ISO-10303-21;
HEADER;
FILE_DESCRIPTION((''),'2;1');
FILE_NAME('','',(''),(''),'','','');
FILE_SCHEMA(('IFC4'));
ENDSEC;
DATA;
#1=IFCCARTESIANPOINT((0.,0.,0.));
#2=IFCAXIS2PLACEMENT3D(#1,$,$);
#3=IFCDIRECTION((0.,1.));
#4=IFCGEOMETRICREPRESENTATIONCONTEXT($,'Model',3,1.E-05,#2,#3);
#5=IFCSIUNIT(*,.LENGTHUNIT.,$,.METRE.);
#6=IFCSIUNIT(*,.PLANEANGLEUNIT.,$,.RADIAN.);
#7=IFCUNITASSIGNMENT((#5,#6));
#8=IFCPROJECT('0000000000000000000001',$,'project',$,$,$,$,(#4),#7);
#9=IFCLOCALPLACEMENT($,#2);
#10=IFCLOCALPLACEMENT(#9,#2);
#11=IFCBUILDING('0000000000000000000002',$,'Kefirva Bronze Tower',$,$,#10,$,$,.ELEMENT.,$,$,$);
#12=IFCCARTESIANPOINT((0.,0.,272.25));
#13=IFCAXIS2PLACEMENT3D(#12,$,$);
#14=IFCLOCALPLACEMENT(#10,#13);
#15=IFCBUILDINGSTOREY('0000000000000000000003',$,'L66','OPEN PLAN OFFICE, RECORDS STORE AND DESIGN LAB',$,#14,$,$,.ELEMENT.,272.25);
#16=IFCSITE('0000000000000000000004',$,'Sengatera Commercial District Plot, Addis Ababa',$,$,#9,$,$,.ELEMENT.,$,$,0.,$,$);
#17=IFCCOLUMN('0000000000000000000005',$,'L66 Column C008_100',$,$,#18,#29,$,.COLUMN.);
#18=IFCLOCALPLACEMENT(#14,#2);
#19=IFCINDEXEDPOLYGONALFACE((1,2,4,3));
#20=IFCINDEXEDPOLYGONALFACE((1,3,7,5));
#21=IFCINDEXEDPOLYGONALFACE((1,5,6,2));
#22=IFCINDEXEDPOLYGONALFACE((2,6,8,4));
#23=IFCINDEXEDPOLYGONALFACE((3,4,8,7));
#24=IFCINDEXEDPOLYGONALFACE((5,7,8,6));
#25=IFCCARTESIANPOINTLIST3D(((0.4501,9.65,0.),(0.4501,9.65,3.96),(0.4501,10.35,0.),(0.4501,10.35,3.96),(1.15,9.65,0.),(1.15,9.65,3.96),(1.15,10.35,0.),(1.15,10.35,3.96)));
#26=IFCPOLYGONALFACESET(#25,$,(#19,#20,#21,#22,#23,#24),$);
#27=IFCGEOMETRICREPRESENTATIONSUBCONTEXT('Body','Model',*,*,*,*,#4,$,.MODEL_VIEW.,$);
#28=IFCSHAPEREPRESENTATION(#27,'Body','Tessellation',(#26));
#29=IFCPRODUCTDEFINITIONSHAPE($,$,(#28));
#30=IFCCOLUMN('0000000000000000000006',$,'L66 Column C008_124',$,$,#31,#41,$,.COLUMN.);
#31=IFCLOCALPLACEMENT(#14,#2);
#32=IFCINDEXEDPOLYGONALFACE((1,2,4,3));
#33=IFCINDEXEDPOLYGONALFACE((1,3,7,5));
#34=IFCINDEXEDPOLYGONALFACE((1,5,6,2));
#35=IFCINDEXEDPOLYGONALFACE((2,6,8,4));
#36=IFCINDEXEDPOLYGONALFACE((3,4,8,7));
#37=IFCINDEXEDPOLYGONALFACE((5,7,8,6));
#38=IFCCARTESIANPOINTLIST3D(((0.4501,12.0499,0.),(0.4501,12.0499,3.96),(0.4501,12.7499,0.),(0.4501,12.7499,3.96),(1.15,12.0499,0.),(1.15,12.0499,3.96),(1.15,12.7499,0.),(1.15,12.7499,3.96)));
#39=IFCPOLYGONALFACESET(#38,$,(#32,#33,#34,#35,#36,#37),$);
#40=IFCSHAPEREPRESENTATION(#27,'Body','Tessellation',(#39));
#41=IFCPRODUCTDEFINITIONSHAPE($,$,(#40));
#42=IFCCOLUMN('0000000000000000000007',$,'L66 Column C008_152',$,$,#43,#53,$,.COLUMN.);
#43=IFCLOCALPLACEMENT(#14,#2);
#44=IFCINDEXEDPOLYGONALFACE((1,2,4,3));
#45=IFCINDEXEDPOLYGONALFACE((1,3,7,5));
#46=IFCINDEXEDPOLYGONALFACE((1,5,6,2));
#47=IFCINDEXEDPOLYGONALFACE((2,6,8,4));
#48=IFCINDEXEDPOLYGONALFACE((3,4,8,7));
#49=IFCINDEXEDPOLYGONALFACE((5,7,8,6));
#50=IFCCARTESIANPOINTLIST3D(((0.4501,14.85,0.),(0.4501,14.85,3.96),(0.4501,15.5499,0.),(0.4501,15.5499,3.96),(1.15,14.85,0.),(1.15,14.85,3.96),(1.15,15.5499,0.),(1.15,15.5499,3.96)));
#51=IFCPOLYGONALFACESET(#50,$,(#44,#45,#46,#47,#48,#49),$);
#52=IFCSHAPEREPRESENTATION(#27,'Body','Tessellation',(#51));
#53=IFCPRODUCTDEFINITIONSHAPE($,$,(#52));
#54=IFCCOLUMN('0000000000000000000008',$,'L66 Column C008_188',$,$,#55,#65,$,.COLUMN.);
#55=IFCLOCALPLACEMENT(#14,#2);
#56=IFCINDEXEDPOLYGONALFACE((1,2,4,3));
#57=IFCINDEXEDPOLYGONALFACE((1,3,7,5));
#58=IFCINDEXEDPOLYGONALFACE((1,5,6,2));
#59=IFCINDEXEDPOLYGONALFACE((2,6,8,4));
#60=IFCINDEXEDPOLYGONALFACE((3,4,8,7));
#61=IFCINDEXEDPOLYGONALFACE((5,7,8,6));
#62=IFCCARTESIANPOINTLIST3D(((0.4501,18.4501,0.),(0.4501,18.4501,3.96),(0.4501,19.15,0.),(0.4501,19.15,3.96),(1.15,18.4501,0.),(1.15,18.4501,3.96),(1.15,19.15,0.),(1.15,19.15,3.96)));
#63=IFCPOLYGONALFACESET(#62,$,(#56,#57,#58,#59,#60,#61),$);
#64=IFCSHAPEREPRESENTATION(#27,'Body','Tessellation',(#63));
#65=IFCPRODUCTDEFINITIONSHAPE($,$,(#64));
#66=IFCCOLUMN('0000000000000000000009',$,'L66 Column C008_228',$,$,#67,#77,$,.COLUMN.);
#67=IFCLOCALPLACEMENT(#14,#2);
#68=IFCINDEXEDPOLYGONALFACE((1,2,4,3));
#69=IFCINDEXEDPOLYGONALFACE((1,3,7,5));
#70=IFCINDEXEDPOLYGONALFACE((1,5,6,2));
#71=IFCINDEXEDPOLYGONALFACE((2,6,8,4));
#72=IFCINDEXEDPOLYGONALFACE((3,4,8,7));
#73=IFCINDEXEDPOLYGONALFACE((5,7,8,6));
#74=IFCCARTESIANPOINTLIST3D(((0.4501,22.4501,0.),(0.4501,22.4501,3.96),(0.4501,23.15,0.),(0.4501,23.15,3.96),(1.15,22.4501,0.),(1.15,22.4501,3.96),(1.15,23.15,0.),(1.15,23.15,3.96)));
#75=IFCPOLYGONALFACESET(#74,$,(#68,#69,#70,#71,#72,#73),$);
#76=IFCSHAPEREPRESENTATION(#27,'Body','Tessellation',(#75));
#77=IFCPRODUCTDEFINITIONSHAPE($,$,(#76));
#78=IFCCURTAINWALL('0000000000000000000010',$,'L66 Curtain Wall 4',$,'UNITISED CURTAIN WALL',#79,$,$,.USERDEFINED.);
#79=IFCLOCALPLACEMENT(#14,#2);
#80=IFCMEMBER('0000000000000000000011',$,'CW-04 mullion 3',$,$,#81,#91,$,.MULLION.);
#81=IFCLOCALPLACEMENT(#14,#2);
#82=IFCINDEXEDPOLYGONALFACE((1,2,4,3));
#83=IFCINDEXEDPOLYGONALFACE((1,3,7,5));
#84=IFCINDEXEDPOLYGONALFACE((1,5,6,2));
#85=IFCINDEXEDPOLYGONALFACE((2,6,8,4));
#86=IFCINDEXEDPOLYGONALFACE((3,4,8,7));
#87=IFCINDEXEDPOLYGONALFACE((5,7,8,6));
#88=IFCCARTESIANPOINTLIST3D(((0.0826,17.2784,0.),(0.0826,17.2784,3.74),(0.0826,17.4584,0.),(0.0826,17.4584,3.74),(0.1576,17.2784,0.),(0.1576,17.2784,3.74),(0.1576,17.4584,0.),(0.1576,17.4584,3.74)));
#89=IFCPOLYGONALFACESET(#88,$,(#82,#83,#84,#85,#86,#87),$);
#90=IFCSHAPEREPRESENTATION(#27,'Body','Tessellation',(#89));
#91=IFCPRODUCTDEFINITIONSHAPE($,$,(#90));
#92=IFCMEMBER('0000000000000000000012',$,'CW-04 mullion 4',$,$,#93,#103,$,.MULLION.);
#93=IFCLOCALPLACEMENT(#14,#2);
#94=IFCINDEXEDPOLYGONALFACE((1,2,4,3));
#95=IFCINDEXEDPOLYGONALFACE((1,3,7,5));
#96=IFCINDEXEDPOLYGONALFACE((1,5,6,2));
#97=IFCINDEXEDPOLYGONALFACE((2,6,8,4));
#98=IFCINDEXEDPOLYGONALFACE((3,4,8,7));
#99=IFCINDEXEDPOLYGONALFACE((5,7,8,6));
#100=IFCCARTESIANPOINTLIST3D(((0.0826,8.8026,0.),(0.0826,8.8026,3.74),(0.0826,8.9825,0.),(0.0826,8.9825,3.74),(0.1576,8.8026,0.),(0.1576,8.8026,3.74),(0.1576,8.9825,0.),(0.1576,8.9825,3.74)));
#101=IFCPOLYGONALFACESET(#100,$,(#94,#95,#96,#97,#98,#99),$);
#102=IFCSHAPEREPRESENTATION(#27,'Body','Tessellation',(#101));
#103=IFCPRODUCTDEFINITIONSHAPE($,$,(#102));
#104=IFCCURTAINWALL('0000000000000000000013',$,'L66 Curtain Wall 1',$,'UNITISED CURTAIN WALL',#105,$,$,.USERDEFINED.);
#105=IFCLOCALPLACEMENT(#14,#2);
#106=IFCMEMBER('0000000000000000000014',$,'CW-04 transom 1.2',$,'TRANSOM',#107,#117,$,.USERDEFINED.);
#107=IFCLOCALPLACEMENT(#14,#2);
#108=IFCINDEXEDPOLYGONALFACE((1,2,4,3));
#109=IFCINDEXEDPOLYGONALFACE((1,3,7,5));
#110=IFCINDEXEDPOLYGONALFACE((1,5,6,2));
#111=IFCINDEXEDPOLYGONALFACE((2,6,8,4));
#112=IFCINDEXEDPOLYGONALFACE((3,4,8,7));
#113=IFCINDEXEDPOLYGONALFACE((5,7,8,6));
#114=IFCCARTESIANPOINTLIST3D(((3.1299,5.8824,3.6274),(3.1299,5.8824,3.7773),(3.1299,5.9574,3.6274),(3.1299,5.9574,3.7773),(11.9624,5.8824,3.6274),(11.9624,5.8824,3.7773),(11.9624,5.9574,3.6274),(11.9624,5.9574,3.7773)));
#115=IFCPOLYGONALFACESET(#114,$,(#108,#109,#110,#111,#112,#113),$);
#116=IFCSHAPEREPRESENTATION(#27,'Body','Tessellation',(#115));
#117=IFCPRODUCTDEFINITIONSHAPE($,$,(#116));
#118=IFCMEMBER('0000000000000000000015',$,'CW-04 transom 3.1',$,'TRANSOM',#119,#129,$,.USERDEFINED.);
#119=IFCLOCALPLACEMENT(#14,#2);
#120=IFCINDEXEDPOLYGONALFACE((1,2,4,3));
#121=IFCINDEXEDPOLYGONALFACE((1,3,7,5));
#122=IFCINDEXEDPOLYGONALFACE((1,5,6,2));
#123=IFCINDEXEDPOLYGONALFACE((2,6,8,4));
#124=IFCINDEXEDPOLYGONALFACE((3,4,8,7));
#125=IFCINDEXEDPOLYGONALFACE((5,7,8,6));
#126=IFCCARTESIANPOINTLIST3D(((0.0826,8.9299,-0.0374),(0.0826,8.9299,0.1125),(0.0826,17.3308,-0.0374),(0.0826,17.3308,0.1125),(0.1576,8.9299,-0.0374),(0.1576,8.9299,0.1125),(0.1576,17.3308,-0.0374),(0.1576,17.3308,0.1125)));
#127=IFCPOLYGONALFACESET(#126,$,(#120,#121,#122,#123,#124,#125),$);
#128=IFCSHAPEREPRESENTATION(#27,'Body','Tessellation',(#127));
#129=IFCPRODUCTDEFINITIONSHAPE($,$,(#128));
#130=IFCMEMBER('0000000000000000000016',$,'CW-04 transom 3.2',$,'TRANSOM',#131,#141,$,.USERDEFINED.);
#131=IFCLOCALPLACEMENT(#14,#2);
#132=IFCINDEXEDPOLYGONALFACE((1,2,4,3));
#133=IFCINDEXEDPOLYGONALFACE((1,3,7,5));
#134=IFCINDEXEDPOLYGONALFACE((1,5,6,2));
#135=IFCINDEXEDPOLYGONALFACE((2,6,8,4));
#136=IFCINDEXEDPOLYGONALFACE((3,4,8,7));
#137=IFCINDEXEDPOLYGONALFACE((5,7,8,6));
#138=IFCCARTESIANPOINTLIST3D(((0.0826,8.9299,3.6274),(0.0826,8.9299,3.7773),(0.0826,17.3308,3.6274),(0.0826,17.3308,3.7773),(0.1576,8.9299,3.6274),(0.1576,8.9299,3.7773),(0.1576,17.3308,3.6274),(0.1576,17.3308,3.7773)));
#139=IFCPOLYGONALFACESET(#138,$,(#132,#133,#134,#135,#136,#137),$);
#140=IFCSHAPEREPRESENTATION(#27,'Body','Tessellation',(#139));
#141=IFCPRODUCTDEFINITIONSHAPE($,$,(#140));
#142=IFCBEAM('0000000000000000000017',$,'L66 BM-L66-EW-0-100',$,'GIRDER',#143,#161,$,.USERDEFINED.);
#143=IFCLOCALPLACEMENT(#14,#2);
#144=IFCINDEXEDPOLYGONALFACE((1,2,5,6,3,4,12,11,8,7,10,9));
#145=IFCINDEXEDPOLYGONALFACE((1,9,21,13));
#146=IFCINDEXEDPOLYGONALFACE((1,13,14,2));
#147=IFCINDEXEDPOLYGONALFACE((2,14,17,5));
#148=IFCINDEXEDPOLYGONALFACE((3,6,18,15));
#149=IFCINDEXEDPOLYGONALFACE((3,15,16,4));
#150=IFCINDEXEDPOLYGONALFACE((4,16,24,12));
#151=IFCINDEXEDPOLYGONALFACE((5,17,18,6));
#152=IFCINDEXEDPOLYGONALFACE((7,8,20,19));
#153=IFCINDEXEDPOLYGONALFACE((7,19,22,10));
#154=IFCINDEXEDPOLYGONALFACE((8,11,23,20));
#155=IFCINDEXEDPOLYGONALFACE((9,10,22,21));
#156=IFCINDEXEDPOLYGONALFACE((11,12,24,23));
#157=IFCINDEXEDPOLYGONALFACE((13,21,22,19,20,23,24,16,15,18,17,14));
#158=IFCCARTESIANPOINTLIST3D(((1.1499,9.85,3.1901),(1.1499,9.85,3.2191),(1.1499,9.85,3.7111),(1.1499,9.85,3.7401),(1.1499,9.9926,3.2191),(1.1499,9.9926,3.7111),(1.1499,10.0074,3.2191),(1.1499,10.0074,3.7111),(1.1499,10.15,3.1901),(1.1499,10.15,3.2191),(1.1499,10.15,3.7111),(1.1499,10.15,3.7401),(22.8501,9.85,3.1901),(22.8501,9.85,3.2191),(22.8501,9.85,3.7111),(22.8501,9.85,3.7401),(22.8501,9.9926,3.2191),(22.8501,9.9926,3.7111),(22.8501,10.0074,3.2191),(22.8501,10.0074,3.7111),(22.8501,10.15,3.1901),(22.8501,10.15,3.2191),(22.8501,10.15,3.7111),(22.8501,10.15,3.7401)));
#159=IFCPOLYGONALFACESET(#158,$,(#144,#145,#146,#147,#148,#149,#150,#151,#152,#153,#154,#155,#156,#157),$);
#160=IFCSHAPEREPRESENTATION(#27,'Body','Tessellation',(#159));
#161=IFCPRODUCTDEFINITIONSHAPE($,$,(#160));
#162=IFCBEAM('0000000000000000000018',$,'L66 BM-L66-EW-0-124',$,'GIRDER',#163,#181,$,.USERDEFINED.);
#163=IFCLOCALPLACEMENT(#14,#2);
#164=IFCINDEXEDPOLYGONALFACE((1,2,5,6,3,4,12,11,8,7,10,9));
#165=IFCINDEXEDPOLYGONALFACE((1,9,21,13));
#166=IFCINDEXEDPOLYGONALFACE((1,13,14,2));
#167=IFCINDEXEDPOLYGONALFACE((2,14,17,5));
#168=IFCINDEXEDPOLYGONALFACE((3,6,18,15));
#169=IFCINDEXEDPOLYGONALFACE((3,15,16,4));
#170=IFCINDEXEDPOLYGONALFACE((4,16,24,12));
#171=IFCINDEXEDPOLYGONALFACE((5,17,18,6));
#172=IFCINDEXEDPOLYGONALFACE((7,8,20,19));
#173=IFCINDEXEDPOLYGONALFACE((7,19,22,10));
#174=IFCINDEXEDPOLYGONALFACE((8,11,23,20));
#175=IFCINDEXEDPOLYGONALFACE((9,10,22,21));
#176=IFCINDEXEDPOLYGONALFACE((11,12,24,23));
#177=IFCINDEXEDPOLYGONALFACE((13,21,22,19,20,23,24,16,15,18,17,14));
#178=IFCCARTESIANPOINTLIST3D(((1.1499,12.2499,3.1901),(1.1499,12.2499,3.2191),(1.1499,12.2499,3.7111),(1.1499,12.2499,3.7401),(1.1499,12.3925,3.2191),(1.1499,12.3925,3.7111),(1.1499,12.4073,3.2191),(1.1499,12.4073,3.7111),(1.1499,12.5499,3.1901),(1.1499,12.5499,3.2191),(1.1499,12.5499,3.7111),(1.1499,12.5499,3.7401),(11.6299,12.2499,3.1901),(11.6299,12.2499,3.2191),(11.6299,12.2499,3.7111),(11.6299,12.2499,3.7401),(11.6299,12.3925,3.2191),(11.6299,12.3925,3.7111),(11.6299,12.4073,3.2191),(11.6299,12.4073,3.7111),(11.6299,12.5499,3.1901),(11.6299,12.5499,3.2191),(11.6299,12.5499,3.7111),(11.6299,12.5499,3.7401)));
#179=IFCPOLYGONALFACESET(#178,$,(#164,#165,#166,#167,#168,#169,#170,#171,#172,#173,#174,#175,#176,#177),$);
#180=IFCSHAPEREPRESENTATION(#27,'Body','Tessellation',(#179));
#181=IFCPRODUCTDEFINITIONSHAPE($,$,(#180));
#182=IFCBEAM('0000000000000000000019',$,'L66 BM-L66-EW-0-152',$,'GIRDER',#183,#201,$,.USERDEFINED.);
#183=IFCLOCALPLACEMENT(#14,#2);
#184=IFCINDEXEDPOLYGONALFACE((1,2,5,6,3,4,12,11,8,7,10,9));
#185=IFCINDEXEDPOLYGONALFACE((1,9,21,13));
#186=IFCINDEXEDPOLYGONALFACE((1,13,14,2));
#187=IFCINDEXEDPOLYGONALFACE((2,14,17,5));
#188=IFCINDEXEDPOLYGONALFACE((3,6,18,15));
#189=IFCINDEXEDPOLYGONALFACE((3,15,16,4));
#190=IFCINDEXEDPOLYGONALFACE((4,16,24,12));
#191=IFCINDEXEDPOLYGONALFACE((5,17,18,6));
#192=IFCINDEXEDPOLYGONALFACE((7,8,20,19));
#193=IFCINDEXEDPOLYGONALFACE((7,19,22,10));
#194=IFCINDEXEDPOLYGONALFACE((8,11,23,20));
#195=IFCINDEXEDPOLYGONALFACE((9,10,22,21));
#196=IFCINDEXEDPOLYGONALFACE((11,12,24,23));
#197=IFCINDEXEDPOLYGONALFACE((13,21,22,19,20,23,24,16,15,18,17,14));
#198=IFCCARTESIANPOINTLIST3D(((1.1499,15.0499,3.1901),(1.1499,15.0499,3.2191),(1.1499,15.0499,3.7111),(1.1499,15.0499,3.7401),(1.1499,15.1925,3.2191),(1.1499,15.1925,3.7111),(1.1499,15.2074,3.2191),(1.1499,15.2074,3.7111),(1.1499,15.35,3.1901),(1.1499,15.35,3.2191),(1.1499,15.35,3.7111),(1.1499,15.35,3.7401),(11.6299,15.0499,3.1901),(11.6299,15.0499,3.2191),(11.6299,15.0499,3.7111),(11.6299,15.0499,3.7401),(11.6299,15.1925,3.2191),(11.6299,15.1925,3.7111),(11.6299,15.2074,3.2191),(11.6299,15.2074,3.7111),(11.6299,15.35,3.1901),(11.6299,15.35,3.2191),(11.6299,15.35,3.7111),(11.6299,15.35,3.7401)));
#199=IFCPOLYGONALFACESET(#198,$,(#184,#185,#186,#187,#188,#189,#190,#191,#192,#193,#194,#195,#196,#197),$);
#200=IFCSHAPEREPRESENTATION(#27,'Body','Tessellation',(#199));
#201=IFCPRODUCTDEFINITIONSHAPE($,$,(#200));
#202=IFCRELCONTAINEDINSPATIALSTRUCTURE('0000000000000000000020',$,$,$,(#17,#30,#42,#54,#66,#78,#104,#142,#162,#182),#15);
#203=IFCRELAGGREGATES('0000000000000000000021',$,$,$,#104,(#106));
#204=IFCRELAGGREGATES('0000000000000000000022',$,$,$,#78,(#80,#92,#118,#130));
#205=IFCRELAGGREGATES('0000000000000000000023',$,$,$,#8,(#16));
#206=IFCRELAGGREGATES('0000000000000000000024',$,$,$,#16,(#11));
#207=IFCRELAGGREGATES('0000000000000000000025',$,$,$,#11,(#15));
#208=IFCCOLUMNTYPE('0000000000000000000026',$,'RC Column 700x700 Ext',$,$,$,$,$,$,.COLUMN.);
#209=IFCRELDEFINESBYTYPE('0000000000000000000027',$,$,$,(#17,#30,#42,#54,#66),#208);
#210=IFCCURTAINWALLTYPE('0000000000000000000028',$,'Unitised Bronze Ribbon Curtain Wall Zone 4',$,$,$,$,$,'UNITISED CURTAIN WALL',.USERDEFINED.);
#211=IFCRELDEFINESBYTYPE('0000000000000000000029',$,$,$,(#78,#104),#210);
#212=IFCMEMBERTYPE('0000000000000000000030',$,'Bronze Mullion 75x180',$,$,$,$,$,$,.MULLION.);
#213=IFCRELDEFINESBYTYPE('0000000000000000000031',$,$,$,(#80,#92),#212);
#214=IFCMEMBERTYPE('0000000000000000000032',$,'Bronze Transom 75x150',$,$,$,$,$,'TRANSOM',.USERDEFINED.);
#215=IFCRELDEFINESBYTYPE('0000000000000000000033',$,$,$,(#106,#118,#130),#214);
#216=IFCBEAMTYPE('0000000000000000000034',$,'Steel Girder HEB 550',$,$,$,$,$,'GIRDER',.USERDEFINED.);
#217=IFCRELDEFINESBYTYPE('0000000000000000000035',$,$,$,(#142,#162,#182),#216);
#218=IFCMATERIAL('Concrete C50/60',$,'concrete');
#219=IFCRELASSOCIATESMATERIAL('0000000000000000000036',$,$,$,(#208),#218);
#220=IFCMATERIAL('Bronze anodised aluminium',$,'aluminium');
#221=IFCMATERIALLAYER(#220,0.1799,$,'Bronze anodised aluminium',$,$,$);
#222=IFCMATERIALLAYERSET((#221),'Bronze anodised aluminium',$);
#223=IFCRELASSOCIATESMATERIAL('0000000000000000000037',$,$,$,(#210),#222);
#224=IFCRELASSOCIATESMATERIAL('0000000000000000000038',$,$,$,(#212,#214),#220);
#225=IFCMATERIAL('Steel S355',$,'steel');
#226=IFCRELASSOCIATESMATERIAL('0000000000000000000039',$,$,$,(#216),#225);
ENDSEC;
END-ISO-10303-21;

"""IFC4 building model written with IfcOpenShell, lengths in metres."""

from ifc_helpers import new_model, si_unit, direction, frame, origin, origin_2d, place, context, subcontext, project, spatial, rectangle, i_section, extrude, material, layer, layer_set, material_profile, profile_set, type_object, element, aggregate, save


model = new_model("IFC4")

# Units and contexts
model_context = context("Model", 3, precision=1e-05, world=origin(), true_north=direction((0.0, 1.0)))
body_context = subcontext(model_context, "Body", "Model", "MODEL_VIEW")
ifc_project = project(units=[si_unit("LENGTHUNIT", "METRE"), si_unit("PLANEANGLEUNIT", "RADIAN")], contexts=[model_context])

# Site, building, storey
site_placement = place(None, origin())
site = spatial("IfcSite", under=ifc_project, at=site_placement, Name="Sengatera Commercial District Plot, Addis Ababa", CompositionType="ELEMENT", RefElevation=0.0)
building_placement = place(site_placement, origin())
building = spatial("IfcBuilding", under=site, at=building_placement, Name="Kefirva Bronze Tower", CompositionType="ELEMENT")
storey_placement = place(building_placement, frame((0.0, 0.0, 272.25)))
storey = spatial("IfcBuildingStorey", under=building, at=storey_placement, Name="L66", Description="OPEN PLAN OFFICE, RECORDS STORE AND DESIGN LAB", CompositionType="ELEMENT", Elevation=272.25)

# Columns
ifc_material_1 = material(Name="Concrete C50/60", Category="concrete")
ifc_material_profile_1 = material_profile(ifc_material_1, rectangle(XDim=0.7, YDim=0.7, at=origin_2d()), Name="RC 700x700")
ifc_profile_set_1 = profile_set([ifc_material_profile_1], Name="Concrete C50/60")
column_type = type_object("IfcColumnType", Name="RC Column 700x700 Ext", PredefinedType="COLUMN", material=ifc_profile_set_1)
for number, where, z_axis, x_axis, name in (
    (1, (0.8, 10.0, 0.0), (0.0, 0.0, 1.0), (1.0, 0.0, 0.0), "L66 Column C008_100"),
    (2, (0.8, 12.3999, 0.0), (0.0, 0.0, 1.0), (1.0, 0.0, 0.0), "L66 Column C008_124"),
    (3, (0.8, 15.2, 0.0), (0.0, 0.0, 1.0), (1.0, 0.0, 0.0), "L66 Column C008_152"),
    (4, (0.8, 18.8, 0.0), (0.0, 0.0, 1.0), (1.0, 0.0, 0.0), "L66 Column C008_188"),
    (5, (0.8, 22.8, 0.0), (0.0, 0.0, 1.0), (1.0, 0.0, 0.0), "L66 Column C008_228"),
):
    element("IfcColumn", number, at=place(storey_placement, frame(where, z_axis=z_axis, x_axis=x_axis)), inside=storey, type_object=column_type, Name=name, PredefinedType="COLUMN", context=body_context, shape_type="SweptSolid", body=[
        extrude(rectangle(XDim=0.7, YDim=0.7, at=origin_2d()), origin(), (0.0, 0.0, 1.0), 3.96),
    ])

# Curtain wall, members
ifc_material_2 = material(Name="Bronze anodised aluminium", Category="aluminium")
ifc_layer_1 = layer(ifc_material_2, 0.1799, Name="Bronze anodised aluminium")
ifc_layer_set_1 = layer_set([ifc_layer_1], Name="Bronze anodised aluminium")
curtain_wall_type = type_object("IfcCurtainWallType", Name="Unitised Bronze Ribbon Curtain Wall Zone 4", ElementType="UNITISED CURTAIN WALL", PredefinedType="USERDEFINED", material=ifc_layer_set_1)
curtain_wall_1_placement = place(storey_placement, origin())
curtain_wall_1 = element("IfcCurtainWall", 6, at=curtain_wall_1_placement, inside=storey, type_object=curtain_wall_type, Name="L66 Curtain Wall 4", ObjectType="UNITISED CURTAIN WALL", PredefinedType="USERDEFINED")
ifc_material_profile_2 = material_profile(ifc_material_2, rectangle(XDim=0.075, YDim=0.1799, at=origin_2d()), Name="ALU 75x180")
ifc_profile_set_2 = profile_set([ifc_material_profile_2], Name="Bronze anodised aluminium")
member_type_1 = type_object("IfcMemberType", Name="Bronze Mullion 75x180", PredefinedType="MULLION", material=ifc_profile_set_2)
member_1_placement = place(storey_placement, frame((0.1201, 17.3684, 0.0), z_axis=(0.0, 0.0, 1.0), x_axis=(1.0, 0.0, 0.0)))
member_1 = element("IfcMember", 7, at=member_1_placement, type_object=member_type_1, Name="CW-04 mullion 3", PredefinedType="MULLION", context=body_context, shape_type="SweptSolid", body=[
    extrude(rectangle(XDim=0.075, YDim=0.1799, at=origin_2d()), origin(), (0.0, 0.0, 1.0), 3.74),
])
member_2_placement = place(storey_placement, frame((0.1201, 8.8926, 0.0), z_axis=(0.0, 0.0, 1.0), x_axis=(1.0, 0.0, 0.0)))
member_2 = element("IfcMember", 8, at=member_2_placement, type_object=member_type_1, Name="CW-04 mullion 4", PredefinedType="MULLION", context=body_context, shape_type="SweptSolid", body=[
    extrude(rectangle(XDim=0.075, YDim=0.1799, at=origin_2d()), origin(), (0.0, 0.0, 1.0), 3.74),
])

# Curtain wall, member
curtain_wall_2_placement = place(storey_placement, origin())
curtain_wall_2 = element("IfcCurtainWall", 9, at=curtain_wall_2_placement, inside=storey, type_object=curtain_wall_type, Name="L66 Curtain Wall 1", ObjectType="UNITISED CURTAIN WALL", PredefinedType="USERDEFINED")
ifc_material_profile_3 = material_profile(ifc_material_2, rectangle(XDim=0.075, YDim=0.1499, at=origin_2d()), Name="ALU 75x150")
ifc_profile_set_3 = profile_set([ifc_material_profile_3], Name="Bronze anodised aluminium")
member_type_2 = type_object("IfcMemberType", Name="Bronze Transom 75x150", ElementType="TRANSOM", PredefinedType="USERDEFINED", material=ifc_profile_set_3)
member_3_placement = place(storey_placement, frame((3.1299, 5.9199, 3.7024), z_axis=(1.0, 0.0, 0.0), x_axis=(0.0, 1.0, 0.0)))
member_3 = element("IfcMember", 10, at=member_3_placement, type_object=member_type_2, Name="CW-04 transom 1.2", ObjectType="TRANSOM", PredefinedType="USERDEFINED", context=body_context, shape_type="SweptSolid", body=[
    extrude(rectangle(XDim=0.075, YDim=0.1499, at=origin_2d()), origin(), (0.0, 0.0, 1.0), 8.8325),
])
aggregate(curtain_wall_2, [member_3])

# Members
member_4_placement = place(storey_placement, frame((0.1201, 17.3308, 0.0376), z_axis=(0.0, -1.0, 0.0), x_axis=(1.0, 0.0, 0.0)))
member_4 = element("IfcMember", 11, at=member_4_placement, type_object=member_type_2, Name="CW-04 transom 3.1", ObjectType="TRANSOM", PredefinedType="USERDEFINED", context=body_context, shape_type="SweptSolid", body=[
    extrude(rectangle(XDim=0.075, YDim=0.1499, at=origin_2d()), origin(), (0.0, 0.0, 1.0), 8.4009),
])
member_5_placement = place(storey_placement, frame((0.1201, 17.3308, 3.7024), z_axis=(0.0, -1.0, 0.0), x_axis=(1.0, 0.0, 0.0)))
member_5 = element("IfcMember", 12, at=member_5_placement, type_object=member_type_2, Name="CW-04 transom 3.2", ObjectType="TRANSOM", PredefinedType="USERDEFINED", context=body_context, shape_type="SweptSolid", body=[
    extrude(rectangle(XDim=0.075, YDim=0.1499, at=origin_2d()), origin(), (0.0, 0.0, 1.0), 8.4009),
])

# Beams
ifc_material_3 = material(Name="Steel S355", Category="steel")
ifc_material_profile_4 = material_profile(ifc_material_3, i_section(OverallWidth=0.3, OverallDepth=0.55, WebThickness=0.0149, FlangeThickness=0.0291, at=origin_2d()), Name="HEB 550")
ifc_profile_set_4 = profile_set([ifc_material_profile_4], Name="Steel S355")
beam_type_1 = type_object("IfcBeamType", Name="Steel Girder HEB 550", ElementType="GIRDER", PredefinedType="USERDEFINED", material=ifc_profile_set_4)
beam_1_placement = place(storey_placement, frame((1.1499, 10.0, 3.4651), z_axis=(1.0, 0.0, 0.0), x_axis=(0.0, 1.0, 0.0)))
element("IfcBeam", 13, at=beam_1_placement, inside=storey, type_object=beam_type_1, Name="L66 BM-L66-EW-0-100", ObjectType="GIRDER", PredefinedType="USERDEFINED", context=body_context, shape_type="SweptSolid", body=[
    extrude(i_section(OverallWidth=0.3, OverallDepth=0.55, WebThickness=0.0149, FlangeThickness=0.0291, at=origin_2d()), origin(), (0.0, 0.0, 1.0), 21.7002),
])
for number, where, z_axis, x_axis, name in (
    (14, (1.1499, 12.3999, 3.4651), (1.0, 0.0, 0.0), (0.0, 1.0, 0.0), "L66 BM-L66-EW-0-124"),
    (15, (1.1499, 15.2, 3.4651), (1.0, 0.0, 0.0), (0.0, 1.0, 0.0), "L66 BM-L66-EW-0-152"),
):
    element("IfcBeam", number, at=place(storey_placement, frame(where, z_axis=z_axis, x_axis=x_axis)), inside=storey, type_object=beam_type_1, Name=name, ObjectType="GIRDER", PredefinedType="USERDEFINED", context=body_context, shape_type="SweptSolid", body=[
        extrude(i_section(OverallWidth=0.3, OverallDepth=0.55, WebThickness=0.0149, FlangeThickness=0.0291, at=origin_2d()), origin(), (0.0, 0.0, 1.0), 10.48),
    ])

aggregate(curtain_wall_1, [member_1, member_2, member_4, member_5])

save(model, "model.ifc")
